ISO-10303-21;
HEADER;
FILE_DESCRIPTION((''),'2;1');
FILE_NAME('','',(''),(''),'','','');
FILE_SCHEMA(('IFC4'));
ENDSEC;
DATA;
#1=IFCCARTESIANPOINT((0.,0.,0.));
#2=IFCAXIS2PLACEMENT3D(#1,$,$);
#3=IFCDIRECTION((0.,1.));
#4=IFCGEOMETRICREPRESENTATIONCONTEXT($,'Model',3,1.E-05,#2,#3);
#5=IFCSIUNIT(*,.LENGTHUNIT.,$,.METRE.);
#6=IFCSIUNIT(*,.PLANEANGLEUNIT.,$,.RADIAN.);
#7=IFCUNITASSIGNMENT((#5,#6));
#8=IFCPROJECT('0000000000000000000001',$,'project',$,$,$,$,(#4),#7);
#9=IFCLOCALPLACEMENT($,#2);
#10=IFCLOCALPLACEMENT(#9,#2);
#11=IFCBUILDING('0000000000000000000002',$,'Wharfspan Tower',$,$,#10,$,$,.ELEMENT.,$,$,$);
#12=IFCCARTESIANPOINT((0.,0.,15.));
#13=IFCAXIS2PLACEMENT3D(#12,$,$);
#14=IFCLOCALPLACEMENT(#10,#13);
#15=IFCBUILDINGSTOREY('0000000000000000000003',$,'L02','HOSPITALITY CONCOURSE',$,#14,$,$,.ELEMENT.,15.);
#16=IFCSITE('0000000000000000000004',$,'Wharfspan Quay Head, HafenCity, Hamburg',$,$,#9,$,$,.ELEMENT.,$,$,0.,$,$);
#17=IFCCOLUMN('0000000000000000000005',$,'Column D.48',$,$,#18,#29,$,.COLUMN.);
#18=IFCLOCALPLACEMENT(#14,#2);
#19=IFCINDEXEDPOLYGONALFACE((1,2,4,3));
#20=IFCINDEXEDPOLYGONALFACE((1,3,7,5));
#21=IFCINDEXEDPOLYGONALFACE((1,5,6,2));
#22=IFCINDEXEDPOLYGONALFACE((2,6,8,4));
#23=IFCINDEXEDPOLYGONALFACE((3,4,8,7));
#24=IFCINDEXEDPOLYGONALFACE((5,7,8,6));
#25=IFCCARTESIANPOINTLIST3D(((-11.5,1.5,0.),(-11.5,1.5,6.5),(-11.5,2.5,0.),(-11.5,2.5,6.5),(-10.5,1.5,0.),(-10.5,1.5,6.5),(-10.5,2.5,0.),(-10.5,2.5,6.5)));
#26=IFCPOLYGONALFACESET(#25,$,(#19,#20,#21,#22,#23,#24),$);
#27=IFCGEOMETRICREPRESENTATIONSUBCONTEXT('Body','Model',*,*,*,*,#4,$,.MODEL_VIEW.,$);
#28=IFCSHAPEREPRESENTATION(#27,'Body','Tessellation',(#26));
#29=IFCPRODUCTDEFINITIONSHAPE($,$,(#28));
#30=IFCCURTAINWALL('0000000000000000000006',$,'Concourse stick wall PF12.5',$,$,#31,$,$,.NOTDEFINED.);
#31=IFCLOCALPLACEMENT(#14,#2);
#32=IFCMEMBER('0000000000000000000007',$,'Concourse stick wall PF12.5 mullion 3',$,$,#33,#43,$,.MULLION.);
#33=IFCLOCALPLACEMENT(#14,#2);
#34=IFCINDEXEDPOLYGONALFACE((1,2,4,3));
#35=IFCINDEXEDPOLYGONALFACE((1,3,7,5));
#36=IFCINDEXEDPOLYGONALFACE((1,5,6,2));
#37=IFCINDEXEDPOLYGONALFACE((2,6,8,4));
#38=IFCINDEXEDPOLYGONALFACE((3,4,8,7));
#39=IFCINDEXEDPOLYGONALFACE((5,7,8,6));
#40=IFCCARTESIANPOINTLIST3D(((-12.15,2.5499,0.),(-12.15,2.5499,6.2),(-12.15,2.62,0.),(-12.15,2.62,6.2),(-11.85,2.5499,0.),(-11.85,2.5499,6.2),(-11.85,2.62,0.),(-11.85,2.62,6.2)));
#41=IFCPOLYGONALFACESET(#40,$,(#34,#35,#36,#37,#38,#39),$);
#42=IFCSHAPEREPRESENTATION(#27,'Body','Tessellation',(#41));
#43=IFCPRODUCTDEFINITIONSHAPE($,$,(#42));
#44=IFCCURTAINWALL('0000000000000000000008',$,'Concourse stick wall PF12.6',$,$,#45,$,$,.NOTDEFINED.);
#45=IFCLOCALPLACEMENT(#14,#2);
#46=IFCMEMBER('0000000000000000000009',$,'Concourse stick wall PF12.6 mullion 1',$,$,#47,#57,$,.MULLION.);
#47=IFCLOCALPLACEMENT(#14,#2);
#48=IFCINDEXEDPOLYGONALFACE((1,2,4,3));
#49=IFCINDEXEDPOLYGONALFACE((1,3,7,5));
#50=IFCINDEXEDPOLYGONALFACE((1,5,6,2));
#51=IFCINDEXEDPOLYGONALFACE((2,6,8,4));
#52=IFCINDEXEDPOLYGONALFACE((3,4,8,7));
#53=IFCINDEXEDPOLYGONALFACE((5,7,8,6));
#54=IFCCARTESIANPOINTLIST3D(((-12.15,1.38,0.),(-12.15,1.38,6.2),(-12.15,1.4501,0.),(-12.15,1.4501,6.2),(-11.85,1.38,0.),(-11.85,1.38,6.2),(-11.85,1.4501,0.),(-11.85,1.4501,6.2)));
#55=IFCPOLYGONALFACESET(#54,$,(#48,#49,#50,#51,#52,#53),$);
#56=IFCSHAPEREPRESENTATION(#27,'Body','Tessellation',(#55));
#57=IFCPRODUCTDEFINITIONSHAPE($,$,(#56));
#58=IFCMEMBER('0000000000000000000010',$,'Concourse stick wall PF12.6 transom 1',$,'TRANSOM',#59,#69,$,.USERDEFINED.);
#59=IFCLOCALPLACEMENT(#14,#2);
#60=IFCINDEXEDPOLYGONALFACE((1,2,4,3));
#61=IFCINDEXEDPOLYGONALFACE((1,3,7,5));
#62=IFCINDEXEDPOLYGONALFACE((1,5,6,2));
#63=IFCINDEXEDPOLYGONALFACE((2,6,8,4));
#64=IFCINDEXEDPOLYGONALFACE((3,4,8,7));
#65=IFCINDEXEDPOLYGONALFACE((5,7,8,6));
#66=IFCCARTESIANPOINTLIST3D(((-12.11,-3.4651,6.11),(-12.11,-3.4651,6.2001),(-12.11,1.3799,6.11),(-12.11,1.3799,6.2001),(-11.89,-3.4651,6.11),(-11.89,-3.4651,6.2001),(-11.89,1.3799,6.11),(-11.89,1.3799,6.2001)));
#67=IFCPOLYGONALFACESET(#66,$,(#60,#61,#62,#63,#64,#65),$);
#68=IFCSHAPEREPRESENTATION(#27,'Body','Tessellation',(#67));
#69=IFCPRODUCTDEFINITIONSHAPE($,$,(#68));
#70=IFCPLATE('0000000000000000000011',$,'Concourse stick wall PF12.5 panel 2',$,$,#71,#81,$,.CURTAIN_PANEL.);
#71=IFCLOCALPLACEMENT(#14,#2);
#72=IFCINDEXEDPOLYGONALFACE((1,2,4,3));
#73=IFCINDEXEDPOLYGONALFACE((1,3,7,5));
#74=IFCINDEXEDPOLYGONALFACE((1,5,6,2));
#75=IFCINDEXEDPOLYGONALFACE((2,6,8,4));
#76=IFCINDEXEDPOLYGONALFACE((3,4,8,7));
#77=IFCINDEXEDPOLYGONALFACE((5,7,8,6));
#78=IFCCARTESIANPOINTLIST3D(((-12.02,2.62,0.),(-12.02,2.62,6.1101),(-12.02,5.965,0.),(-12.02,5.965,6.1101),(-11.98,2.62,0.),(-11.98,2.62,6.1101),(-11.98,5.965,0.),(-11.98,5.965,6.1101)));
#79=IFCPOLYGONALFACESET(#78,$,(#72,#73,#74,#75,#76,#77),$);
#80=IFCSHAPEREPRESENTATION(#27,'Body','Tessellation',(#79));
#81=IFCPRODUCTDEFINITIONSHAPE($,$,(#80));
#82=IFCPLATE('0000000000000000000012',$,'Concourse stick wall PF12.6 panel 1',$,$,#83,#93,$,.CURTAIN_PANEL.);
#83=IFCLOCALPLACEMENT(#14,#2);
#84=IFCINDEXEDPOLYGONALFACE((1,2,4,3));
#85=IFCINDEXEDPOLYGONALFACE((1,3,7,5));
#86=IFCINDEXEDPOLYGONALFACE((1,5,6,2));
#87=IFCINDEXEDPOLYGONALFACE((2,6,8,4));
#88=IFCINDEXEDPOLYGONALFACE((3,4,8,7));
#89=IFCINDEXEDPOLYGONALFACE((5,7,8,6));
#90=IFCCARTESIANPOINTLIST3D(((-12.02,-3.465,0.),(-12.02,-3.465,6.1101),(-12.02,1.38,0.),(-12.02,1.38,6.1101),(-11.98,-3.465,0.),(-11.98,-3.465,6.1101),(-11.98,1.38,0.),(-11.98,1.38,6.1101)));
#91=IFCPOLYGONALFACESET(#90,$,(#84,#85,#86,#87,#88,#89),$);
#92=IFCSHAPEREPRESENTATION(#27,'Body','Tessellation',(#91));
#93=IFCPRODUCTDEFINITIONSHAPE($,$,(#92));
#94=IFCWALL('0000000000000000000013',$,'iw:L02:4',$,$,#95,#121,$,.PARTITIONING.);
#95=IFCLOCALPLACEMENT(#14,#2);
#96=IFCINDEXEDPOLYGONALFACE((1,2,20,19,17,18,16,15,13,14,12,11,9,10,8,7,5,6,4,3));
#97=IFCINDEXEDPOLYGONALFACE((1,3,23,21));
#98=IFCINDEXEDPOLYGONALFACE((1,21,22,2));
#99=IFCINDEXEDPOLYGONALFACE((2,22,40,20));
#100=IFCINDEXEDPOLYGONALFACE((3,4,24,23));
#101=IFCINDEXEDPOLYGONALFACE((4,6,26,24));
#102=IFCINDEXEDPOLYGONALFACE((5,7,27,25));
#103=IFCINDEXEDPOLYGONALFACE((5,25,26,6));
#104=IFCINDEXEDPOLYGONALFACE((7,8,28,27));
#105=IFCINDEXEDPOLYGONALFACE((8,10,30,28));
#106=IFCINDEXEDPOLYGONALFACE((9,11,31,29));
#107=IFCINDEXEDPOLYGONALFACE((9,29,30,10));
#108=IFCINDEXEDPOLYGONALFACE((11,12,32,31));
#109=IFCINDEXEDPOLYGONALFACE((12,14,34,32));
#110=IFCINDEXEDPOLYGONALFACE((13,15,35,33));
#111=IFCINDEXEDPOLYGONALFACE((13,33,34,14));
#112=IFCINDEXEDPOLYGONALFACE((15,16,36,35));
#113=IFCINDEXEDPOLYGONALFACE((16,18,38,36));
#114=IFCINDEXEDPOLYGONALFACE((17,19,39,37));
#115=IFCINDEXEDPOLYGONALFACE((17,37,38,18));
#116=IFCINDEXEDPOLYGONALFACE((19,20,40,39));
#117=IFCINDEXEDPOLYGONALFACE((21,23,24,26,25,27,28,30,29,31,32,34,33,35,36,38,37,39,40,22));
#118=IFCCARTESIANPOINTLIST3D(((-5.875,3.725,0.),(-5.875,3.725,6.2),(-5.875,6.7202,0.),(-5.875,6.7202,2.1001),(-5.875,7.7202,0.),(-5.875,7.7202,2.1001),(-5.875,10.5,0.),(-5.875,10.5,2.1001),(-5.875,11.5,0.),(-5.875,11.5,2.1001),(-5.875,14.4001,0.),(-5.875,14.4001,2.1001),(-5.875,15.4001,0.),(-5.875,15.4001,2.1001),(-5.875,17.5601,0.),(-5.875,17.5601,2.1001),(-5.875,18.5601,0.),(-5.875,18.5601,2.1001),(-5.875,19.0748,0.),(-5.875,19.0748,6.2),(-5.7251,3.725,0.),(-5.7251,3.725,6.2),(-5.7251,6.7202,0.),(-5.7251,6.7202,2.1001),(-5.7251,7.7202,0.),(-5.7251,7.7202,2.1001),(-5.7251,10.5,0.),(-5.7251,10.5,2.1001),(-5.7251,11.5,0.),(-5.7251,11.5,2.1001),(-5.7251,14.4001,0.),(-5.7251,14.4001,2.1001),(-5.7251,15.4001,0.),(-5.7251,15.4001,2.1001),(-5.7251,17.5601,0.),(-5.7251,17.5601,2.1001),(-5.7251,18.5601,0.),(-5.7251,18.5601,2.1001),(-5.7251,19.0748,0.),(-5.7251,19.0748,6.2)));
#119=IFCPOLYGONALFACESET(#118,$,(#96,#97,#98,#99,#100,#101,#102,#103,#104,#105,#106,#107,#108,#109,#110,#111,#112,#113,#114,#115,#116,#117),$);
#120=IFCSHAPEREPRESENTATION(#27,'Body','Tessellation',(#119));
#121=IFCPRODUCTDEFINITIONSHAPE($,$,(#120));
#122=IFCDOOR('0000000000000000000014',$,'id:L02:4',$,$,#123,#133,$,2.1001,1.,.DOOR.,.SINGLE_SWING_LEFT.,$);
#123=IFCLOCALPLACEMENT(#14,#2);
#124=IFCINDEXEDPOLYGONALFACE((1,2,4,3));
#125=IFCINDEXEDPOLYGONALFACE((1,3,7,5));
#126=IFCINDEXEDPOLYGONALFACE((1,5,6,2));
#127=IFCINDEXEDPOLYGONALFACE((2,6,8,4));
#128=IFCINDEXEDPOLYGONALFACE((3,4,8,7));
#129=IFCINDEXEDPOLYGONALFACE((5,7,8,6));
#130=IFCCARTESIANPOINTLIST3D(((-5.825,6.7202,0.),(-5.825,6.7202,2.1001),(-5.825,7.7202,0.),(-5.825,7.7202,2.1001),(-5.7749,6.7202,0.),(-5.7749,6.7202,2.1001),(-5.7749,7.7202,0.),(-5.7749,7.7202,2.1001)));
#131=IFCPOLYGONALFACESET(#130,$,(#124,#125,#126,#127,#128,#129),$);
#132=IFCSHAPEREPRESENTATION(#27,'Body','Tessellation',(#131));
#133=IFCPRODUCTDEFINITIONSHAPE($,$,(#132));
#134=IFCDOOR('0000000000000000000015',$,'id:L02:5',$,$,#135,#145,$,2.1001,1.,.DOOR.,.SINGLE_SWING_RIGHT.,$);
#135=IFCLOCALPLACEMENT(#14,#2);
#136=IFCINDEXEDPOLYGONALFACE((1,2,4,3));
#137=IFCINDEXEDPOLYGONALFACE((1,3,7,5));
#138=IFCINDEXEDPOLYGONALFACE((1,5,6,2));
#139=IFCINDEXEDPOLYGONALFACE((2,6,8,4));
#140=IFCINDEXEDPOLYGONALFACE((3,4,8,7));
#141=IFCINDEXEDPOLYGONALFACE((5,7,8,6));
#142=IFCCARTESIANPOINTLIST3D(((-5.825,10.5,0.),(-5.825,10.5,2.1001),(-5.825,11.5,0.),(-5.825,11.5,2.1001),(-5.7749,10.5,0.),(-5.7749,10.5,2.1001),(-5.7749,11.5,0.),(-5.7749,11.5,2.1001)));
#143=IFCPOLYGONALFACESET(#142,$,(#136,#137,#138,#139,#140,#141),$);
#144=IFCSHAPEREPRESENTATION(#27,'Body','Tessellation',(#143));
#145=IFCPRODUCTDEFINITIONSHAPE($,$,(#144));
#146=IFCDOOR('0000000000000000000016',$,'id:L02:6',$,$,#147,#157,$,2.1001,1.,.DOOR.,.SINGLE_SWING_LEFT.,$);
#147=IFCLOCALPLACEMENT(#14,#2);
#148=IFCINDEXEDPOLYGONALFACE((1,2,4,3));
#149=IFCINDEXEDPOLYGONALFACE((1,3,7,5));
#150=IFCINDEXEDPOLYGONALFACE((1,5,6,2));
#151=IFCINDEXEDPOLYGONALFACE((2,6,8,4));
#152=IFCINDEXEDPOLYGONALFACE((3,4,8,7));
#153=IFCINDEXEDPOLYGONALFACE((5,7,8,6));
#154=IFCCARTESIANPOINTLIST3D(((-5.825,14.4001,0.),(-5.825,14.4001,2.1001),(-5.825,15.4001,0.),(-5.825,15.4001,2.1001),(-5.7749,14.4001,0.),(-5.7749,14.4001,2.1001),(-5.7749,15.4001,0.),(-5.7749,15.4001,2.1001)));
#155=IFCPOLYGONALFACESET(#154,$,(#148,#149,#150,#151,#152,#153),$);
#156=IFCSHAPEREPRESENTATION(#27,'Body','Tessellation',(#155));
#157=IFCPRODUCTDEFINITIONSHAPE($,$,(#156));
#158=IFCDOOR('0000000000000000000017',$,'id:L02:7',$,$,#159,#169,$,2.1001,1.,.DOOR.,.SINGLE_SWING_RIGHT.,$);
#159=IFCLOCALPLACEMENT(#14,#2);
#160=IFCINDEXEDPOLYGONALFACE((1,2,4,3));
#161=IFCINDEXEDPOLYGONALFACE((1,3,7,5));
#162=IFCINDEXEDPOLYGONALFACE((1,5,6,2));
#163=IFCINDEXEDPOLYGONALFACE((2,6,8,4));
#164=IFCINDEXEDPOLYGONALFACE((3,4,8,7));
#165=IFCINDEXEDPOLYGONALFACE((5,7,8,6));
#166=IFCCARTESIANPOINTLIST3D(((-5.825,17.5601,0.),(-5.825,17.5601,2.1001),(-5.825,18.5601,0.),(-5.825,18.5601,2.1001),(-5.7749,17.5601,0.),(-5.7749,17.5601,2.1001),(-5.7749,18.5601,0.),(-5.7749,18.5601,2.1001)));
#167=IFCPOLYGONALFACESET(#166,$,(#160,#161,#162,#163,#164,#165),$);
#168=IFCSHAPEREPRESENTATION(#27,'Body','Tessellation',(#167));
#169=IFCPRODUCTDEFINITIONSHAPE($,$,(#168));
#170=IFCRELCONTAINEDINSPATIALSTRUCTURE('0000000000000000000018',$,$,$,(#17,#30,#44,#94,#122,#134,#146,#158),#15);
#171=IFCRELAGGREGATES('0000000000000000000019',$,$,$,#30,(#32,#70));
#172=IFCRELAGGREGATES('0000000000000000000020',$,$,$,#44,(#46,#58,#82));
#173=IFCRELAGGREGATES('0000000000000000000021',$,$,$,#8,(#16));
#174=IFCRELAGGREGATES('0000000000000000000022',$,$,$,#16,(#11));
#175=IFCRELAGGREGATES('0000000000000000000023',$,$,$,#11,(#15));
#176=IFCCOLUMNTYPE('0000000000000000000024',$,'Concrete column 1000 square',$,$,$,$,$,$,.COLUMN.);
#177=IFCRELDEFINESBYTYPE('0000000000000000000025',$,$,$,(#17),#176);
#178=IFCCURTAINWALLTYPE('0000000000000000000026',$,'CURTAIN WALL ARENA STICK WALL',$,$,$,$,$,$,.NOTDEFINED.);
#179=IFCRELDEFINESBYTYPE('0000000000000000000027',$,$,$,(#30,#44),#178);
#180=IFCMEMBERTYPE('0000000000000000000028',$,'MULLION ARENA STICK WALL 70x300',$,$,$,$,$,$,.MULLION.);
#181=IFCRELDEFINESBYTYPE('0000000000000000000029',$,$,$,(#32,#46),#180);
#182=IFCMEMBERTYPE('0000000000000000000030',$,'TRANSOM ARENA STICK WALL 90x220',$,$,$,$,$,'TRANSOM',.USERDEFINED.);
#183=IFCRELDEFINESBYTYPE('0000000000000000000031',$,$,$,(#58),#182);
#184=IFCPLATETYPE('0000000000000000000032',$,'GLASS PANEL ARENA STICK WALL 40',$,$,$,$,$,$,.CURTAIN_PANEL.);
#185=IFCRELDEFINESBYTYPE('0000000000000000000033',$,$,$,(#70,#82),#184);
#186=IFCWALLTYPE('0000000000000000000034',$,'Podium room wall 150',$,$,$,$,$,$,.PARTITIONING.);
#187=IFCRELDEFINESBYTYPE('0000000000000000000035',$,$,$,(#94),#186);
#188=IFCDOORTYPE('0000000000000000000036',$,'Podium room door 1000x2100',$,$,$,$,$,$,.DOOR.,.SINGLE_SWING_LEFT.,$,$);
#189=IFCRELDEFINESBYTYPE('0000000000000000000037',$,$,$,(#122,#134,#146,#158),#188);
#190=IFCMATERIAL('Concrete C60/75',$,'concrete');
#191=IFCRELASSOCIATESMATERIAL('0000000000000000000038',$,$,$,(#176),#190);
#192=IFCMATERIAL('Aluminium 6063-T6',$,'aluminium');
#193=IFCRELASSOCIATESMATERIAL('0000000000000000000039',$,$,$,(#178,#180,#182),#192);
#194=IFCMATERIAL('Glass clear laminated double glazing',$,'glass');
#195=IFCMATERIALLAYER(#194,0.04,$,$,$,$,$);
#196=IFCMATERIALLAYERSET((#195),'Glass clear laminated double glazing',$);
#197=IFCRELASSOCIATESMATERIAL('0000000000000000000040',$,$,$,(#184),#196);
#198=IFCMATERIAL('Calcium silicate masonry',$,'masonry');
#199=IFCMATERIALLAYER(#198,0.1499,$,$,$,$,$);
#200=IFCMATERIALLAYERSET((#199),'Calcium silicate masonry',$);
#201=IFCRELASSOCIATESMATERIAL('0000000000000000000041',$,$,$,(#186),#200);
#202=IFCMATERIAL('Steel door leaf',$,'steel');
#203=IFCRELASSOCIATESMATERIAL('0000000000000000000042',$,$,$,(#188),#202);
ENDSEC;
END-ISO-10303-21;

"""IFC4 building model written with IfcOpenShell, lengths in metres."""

from ifc_helpers import new_model, si_unit, direction, frame, frame_2d, origin, origin_2d, place, context, subcontext, project, spatial, rectangle, extrude, material, layer, layer_set, material_profile, profile_set, type_object, element, fill, aggregate, save


model = new_model("IFC4")

# Units and contexts
model_context = context("Model", 3, precision=1e-05, world=origin(), true_north=direction((0.0, 1.0)))
body_context = subcontext(model_context, "Body", "Model", "MODEL_VIEW")
ifc_project = project(units=[si_unit("LENGTHUNIT", "METRE"), si_unit("PLANEANGLEUNIT", "RADIAN")], contexts=[model_context])

# Site, building, storey
site_placement = place(None, origin())
site = spatial("IfcSite", under=ifc_project, at=site_placement, Name="Wharfspan Quay Head, HafenCity, Hamburg", CompositionType="ELEMENT", RefElevation=0.0)
building_placement = place(site_placement, origin())
building = spatial("IfcBuilding", under=site, at=building_placement, Name="Wharfspan Tower", CompositionType="ELEMENT")
storey_placement = place(building_placement, frame((0.0, 0.0, 15.0)))
storey = spatial("IfcBuildingStorey", under=building, at=storey_placement, Name="L02", Description="HOSPITALITY CONCOURSE", CompositionType="ELEMENT", Elevation=15.0)

# Column
ifc_material_1 = material(Name="Concrete C60/75", Category="concrete")
ifc_material_profile_1 = material_profile(ifc_material_1, rectangle(XDim=1.0, YDim=1.0, at=origin_2d()))
ifc_profile_set_1 = profile_set([ifc_material_profile_1], Name="Concrete C60/75")
column_type = type_object("IfcColumnType", Name="Concrete column 1000 square", PredefinedType="COLUMN", material=ifc_profile_set_1)
column_placement = place(storey_placement, frame((-11.0, 2.0, 0.0), z_axis=(0.0, 0.0, 1.0), x_axis=(1.0, 0.0, 0.0)))
element("IfcColumn", 1, at=column_placement, inside=storey, type_object=column_type, Name="Column D.48", PredefinedType="COLUMN", context=body_context, shape_type="SweptSolid", body=[
    extrude(rectangle(XDim=1.0, YDim=1.0, at=origin_2d()), origin(), (0.0, 0.0, 1.0), 6.5),
])

# Curtain wall, member
ifc_material_2 = material(Name="Aluminium 6063-T6", Category="aluminium")
curtain_wall_type = type_object("IfcCurtainWallType", Name="CURTAIN WALL ARENA STICK WALL", PredefinedType="NOTDEFINED", material=ifc_material_2)
curtain_wall_1_placement = place(storey_placement, origin())
curtain_wall_1 = element("IfcCurtainWall", 2, at=curtain_wall_1_placement, inside=storey, type_object=curtain_wall_type, Name="Concourse stick wall PF12.5", PredefinedType="NOTDEFINED")
ifc_material_profile_2 = material_profile(ifc_material_2, rectangle(XDim=0.3, YDim=0.0701, at=origin_2d()))
ifc_profile_set_2 = profile_set([ifc_material_profile_2], Name="Aluminium 6063-T6")
member_type_1 = type_object("IfcMemberType", Name="MULLION ARENA STICK WALL 70x300", PredefinedType="MULLION", material=ifc_profile_set_2)
member_1_placement = place(storey_placement, frame((-12.0, 2.585, 0.0), z_axis=(0.0, 0.0, 1.0), x_axis=(1.0, 0.0, 0.0)))
member_1 = element("IfcMember", 3, at=member_1_placement, type_object=member_type_1, Name="Concourse stick wall PF12.5 mullion 3", PredefinedType="MULLION", context=body_context, shape_type="SweptSolid", body=[
    extrude(rectangle(XDim=0.3, YDim=0.0701, at=origin_2d()), origin(), (0.0, 0.0, 1.0), 6.2),
])

# Curtain wall, members
curtain_wall_2_placement = place(storey_placement, origin())
curtain_wall_2 = element("IfcCurtainWall", 4, at=curtain_wall_2_placement, inside=storey, type_object=curtain_wall_type, Name="Concourse stick wall PF12.6", PredefinedType="NOTDEFINED")
member_2_placement = place(storey_placement, frame((-12.0, 1.415, 0.0), z_axis=(0.0, 0.0, 1.0), x_axis=(1.0, 0.0, 0.0)))
member_2 = element("IfcMember", 5, at=member_2_placement, type_object=member_type_1, Name="Concourse stick wall PF12.6 mullion 1", PredefinedType="MULLION", context=body_context, shape_type="SweptSolid", body=[
    extrude(rectangle(XDim=0.3, YDim=0.0701, at=origin_2d()), origin(), (0.0, 0.0, 1.0), 6.2),
])
ifc_material_profile_3 = material_profile(ifc_material_2, rectangle(XDim=0.22, YDim=0.0901, at=origin_2d()))
ifc_profile_set_3 = profile_set([ifc_material_profile_3], Name="Aluminium 6063-T6")
member_type_2 = type_object("IfcMemberType", Name="TRANSOM ARENA STICK WALL 90x220", ElementType="TRANSOM", PredefinedType="USERDEFINED", material=ifc_profile_set_3)
member_3_placement = place(storey_placement, frame((-12.0, 1.3799, 6.155), z_axis=(0.0, -1.0, 0.0), x_axis=(1.0, 0.0, 0.0)))
member_3 = element("IfcMember", 6, at=member_3_placement, type_object=member_type_2, Name="Concourse stick wall PF12.6 transom 1", ObjectType="TRANSOM", PredefinedType="USERDEFINED", context=body_context, shape_type="SweptSolid", body=[
    extrude(rectangle(XDim=0.22, YDim=0.0901, at=origin_2d()), origin(), (0.0, 0.0, 1.0), 4.845),
])

# Plates
ifc_material_3 = material(Name="Glass clear laminated double glazing", Category="glass")
ifc_layer_1 = layer(ifc_material_3, 0.04)
ifc_layer_set_1 = layer_set([ifc_layer_1], Name="Glass clear laminated double glazing")
plate_type = type_object("IfcPlateType", Name="GLASS PANEL ARENA STICK WALL 40", PredefinedType="CURTAIN_PANEL", material=ifc_layer_set_1)
plate_1_placement = place(storey_placement, frame((-12.0, 4.2925, 0.0), z_axis=(0.0, 0.0, 1.0), x_axis=(0.0, -1.0, 0.0)))
plate_1 = element("IfcPlate", 7, at=plate_1_placement, type_object=plate_type, Name="Concourse stick wall PF12.5 panel 2", PredefinedType="CURTAIN_PANEL", context=body_context, shape_type="SweptSolid", body=[
    extrude(rectangle(XDim=3.345, YDim=0.04, at=origin_2d()), origin(), (0.0, 0.0, 1.0), 6.1101),
])
aggregate(curtain_wall_1, [member_1, plate_1])
plate_2_placement = place(storey_placement, frame((-12.0, -1.0425, 0.0), z_axis=(0.0, 0.0, 1.0), x_axis=(0.0, -1.0, 0.0)))
plate_2 = element("IfcPlate", 8, at=plate_2_placement, type_object=plate_type, Name="Concourse stick wall PF12.6 panel 1", PredefinedType="CURTAIN_PANEL", context=body_context, shape_type="SweptSolid", body=[
    extrude(rectangle(XDim=4.845, YDim=0.04, at=origin_2d()), origin(), (0.0, 0.0, 1.0), 6.1101),
])
aggregate(curtain_wall_2, [member_2, member_3, plate_2])

# Wall, openings, doors
ifc_material_4 = material(Name="Calcium silicate masonry", Category="masonry")
ifc_layer_2 = layer(ifc_material_4, 0.1499)
ifc_layer_set_2 = layer_set([ifc_layer_2], Name="Calcium silicate masonry")
wall_type_1 = type_object("IfcWallType", Name="Podium room wall 150", PredefinedType="PARTITIONING", material=ifc_layer_set_2)
wall_1_placement = place(storey_placement, frame((-5.8, 3.7251, 0.0), z_axis=(0.0, 0.0, 1.0), x_axis=(0.0, 1.0, 0.0)))
wall_1 = element("IfcWall", 9, at=wall_1_placement, inside=storey, type_object=wall_type_1, Name="iw:L02:4", PredefinedType="PARTITIONING", context=body_context, shape_type="SweptSolid", body=[
    extrude(rectangle(XDim=15.3499, YDim=0.1499, at=frame_2d((7.6748, 0.0))), origin(), (0.0, 0.0, 1.0), 6.2),
])
opening_1_placement = place(wall_1_placement, frame((2.9951, 0.0, 0.0)))
opening_1 = element("IfcOpeningElement", 10, at=opening_1_placement, cuts=wall_1, PredefinedType="OPENING", context=body_context, shape_type="SweptSolid", body=[
    extrude(rectangle(XDim=1.0, YDim=2.1001, at=frame_2d((0.5, 1.05))), frame((0.0, 0.085, 0.0), z_axis=(0.0, -1.0, 0.0), x_axis=(1.0, 0.0, 0.0)), (0.0, 0.0, 1.0), 0.1699),
])
opening_2_placement = place(wall_1_placement, frame((6.7749, 0.0, 0.0)))
opening_2 = element("IfcOpeningElement", 11, at=opening_2_placement, cuts=wall_1, PredefinedType="OPENING", context=body_context, shape_type="SweptSolid", body=[
    extrude(rectangle(XDim=1.0, YDim=2.1001, at=frame_2d((0.5, 1.05))), frame((0.0, 0.085, 0.0), z_axis=(0.0, -1.0, 0.0), x_axis=(1.0, 0.0, 0.0)), (0.0, 0.0, 1.0), 0.1699),
])
opening_3_placement = place(wall_1_placement, frame((10.675, 0.0, 0.0)))
opening_3 = element("IfcOpeningElement", 12, at=opening_3_placement, cuts=wall_1, PredefinedType="OPENING", context=body_context, shape_type="SweptSolid", body=[
    extrude(rectangle(XDim=1.0, YDim=2.1001, at=frame_2d((0.5, 1.05))), frame((0.0, 0.085, 0.0), z_axis=(0.0, -1.0, 0.0), x_axis=(1.0, 0.0, 0.0)), (0.0, 0.0, 1.0), 0.1699),
])
opening_4_placement = place(wall_1_placement, frame((13.835, 0.0, 0.0)))
opening_4 = element("IfcOpeningElement", 13, at=opening_4_placement, cuts=wall_1, PredefinedType="OPENING", context=body_context, shape_type="SweptSolid", body=[
    extrude(rectangle(XDim=1.0, YDim=2.1001, at=frame_2d((0.5, 1.05))), frame((0.0, 0.085, 0.0), z_axis=(0.0, -1.0, 0.0), x_axis=(1.0, 0.0, 0.0)), (0.0, 0.0, 1.0), 0.1699),
])
ifc_material_5 = material(Name="Steel door leaf", Category="steel")
door_type = type_object("IfcDoorType", Name="Podium room door 1000x2100", OperationType="SINGLE_SWING_LEFT", PredefinedType="DOOR", material=ifc_material_5)
door_1_placement = place(opening_1_placement, origin())
door_1 = element("IfcDoor", 14, at=door_1_placement, inside=storey, type_object=door_type, Name="id:L02:4", OperationType="SINGLE_SWING_LEFT", OverallHeight=2.1001, OverallWidth=1.0, PredefinedType="DOOR", context=body_context, shape_type="SweptSolid", body=[
    extrude(rectangle(XDim=1.0, YDim=2.1001, at=frame_2d((0.5, 1.05))), frame((0.0, 0.0249, 0.0), z_axis=(0.0, -1.0, 0.0), x_axis=(1.0, 0.0, 0.0)), (0.0, 0.0, 1.0), 0.05),
])
fill(opening_1, door_1)
door_2_placement = place(opening_2_placement, origin())
door_2 = element("IfcDoor", 15, at=door_2_placement, inside=storey, type_object=door_type, Name="id:L02:5", OperationType="SINGLE_SWING_RIGHT", OverallHeight=2.1001, OverallWidth=1.0, PredefinedType="DOOR", context=body_context, shape_type="SweptSolid", body=[
    extrude(rectangle(XDim=1.0, YDim=2.1001, at=frame_2d((0.5, 1.05))), frame((0.0, 0.0249, 0.0), z_axis=(0.0, -1.0, 0.0), x_axis=(1.0, 0.0, 0.0)), (0.0, 0.0, 1.0), 0.05),
])
fill(opening_2, door_2)
door_3_placement = place(opening_3_placement, origin())
door_3 = element("IfcDoor", 16, at=door_3_placement, inside=storey, type_object=door_type, Name="id:L02:6", OperationType="SINGLE_SWING_LEFT", OverallHeight=2.1001, OverallWidth=1.0, PredefinedType="DOOR", context=body_context, shape_type="SweptSolid", body=[
    extrude(rectangle(XDim=1.0, YDim=2.1001, at=frame_2d((0.5, 1.05))), frame((0.0, 0.0249, 0.0), z_axis=(0.0, -1.0, 0.0), x_axis=(1.0, 0.0, 0.0)), (0.0, 0.0, 1.0), 0.05),
])
fill(opening_3, door_3)
door_4_placement = place(opening_4_placement, origin())
door_4 = element("IfcDoor", 17, at=door_4_placement, inside=storey, type_object=door_type, Name="id:L02:7", OperationType="SINGLE_SWING_RIGHT", OverallHeight=2.1001, OverallWidth=1.0, PredefinedType="DOOR", context=body_context, shape_type="SweptSolid", body=[
    extrude(rectangle(XDim=1.0, YDim=2.1001, at=frame_2d((0.5, 1.05))), frame((0.0, 0.0249, 0.0), z_axis=(0.0, -1.0, 0.0), x_axis=(1.0, 0.0, 0.0)), (0.0, 0.0, 1.0), 0.05),
])
fill(opening_4, door_4)

save(model, "model.ifc")
